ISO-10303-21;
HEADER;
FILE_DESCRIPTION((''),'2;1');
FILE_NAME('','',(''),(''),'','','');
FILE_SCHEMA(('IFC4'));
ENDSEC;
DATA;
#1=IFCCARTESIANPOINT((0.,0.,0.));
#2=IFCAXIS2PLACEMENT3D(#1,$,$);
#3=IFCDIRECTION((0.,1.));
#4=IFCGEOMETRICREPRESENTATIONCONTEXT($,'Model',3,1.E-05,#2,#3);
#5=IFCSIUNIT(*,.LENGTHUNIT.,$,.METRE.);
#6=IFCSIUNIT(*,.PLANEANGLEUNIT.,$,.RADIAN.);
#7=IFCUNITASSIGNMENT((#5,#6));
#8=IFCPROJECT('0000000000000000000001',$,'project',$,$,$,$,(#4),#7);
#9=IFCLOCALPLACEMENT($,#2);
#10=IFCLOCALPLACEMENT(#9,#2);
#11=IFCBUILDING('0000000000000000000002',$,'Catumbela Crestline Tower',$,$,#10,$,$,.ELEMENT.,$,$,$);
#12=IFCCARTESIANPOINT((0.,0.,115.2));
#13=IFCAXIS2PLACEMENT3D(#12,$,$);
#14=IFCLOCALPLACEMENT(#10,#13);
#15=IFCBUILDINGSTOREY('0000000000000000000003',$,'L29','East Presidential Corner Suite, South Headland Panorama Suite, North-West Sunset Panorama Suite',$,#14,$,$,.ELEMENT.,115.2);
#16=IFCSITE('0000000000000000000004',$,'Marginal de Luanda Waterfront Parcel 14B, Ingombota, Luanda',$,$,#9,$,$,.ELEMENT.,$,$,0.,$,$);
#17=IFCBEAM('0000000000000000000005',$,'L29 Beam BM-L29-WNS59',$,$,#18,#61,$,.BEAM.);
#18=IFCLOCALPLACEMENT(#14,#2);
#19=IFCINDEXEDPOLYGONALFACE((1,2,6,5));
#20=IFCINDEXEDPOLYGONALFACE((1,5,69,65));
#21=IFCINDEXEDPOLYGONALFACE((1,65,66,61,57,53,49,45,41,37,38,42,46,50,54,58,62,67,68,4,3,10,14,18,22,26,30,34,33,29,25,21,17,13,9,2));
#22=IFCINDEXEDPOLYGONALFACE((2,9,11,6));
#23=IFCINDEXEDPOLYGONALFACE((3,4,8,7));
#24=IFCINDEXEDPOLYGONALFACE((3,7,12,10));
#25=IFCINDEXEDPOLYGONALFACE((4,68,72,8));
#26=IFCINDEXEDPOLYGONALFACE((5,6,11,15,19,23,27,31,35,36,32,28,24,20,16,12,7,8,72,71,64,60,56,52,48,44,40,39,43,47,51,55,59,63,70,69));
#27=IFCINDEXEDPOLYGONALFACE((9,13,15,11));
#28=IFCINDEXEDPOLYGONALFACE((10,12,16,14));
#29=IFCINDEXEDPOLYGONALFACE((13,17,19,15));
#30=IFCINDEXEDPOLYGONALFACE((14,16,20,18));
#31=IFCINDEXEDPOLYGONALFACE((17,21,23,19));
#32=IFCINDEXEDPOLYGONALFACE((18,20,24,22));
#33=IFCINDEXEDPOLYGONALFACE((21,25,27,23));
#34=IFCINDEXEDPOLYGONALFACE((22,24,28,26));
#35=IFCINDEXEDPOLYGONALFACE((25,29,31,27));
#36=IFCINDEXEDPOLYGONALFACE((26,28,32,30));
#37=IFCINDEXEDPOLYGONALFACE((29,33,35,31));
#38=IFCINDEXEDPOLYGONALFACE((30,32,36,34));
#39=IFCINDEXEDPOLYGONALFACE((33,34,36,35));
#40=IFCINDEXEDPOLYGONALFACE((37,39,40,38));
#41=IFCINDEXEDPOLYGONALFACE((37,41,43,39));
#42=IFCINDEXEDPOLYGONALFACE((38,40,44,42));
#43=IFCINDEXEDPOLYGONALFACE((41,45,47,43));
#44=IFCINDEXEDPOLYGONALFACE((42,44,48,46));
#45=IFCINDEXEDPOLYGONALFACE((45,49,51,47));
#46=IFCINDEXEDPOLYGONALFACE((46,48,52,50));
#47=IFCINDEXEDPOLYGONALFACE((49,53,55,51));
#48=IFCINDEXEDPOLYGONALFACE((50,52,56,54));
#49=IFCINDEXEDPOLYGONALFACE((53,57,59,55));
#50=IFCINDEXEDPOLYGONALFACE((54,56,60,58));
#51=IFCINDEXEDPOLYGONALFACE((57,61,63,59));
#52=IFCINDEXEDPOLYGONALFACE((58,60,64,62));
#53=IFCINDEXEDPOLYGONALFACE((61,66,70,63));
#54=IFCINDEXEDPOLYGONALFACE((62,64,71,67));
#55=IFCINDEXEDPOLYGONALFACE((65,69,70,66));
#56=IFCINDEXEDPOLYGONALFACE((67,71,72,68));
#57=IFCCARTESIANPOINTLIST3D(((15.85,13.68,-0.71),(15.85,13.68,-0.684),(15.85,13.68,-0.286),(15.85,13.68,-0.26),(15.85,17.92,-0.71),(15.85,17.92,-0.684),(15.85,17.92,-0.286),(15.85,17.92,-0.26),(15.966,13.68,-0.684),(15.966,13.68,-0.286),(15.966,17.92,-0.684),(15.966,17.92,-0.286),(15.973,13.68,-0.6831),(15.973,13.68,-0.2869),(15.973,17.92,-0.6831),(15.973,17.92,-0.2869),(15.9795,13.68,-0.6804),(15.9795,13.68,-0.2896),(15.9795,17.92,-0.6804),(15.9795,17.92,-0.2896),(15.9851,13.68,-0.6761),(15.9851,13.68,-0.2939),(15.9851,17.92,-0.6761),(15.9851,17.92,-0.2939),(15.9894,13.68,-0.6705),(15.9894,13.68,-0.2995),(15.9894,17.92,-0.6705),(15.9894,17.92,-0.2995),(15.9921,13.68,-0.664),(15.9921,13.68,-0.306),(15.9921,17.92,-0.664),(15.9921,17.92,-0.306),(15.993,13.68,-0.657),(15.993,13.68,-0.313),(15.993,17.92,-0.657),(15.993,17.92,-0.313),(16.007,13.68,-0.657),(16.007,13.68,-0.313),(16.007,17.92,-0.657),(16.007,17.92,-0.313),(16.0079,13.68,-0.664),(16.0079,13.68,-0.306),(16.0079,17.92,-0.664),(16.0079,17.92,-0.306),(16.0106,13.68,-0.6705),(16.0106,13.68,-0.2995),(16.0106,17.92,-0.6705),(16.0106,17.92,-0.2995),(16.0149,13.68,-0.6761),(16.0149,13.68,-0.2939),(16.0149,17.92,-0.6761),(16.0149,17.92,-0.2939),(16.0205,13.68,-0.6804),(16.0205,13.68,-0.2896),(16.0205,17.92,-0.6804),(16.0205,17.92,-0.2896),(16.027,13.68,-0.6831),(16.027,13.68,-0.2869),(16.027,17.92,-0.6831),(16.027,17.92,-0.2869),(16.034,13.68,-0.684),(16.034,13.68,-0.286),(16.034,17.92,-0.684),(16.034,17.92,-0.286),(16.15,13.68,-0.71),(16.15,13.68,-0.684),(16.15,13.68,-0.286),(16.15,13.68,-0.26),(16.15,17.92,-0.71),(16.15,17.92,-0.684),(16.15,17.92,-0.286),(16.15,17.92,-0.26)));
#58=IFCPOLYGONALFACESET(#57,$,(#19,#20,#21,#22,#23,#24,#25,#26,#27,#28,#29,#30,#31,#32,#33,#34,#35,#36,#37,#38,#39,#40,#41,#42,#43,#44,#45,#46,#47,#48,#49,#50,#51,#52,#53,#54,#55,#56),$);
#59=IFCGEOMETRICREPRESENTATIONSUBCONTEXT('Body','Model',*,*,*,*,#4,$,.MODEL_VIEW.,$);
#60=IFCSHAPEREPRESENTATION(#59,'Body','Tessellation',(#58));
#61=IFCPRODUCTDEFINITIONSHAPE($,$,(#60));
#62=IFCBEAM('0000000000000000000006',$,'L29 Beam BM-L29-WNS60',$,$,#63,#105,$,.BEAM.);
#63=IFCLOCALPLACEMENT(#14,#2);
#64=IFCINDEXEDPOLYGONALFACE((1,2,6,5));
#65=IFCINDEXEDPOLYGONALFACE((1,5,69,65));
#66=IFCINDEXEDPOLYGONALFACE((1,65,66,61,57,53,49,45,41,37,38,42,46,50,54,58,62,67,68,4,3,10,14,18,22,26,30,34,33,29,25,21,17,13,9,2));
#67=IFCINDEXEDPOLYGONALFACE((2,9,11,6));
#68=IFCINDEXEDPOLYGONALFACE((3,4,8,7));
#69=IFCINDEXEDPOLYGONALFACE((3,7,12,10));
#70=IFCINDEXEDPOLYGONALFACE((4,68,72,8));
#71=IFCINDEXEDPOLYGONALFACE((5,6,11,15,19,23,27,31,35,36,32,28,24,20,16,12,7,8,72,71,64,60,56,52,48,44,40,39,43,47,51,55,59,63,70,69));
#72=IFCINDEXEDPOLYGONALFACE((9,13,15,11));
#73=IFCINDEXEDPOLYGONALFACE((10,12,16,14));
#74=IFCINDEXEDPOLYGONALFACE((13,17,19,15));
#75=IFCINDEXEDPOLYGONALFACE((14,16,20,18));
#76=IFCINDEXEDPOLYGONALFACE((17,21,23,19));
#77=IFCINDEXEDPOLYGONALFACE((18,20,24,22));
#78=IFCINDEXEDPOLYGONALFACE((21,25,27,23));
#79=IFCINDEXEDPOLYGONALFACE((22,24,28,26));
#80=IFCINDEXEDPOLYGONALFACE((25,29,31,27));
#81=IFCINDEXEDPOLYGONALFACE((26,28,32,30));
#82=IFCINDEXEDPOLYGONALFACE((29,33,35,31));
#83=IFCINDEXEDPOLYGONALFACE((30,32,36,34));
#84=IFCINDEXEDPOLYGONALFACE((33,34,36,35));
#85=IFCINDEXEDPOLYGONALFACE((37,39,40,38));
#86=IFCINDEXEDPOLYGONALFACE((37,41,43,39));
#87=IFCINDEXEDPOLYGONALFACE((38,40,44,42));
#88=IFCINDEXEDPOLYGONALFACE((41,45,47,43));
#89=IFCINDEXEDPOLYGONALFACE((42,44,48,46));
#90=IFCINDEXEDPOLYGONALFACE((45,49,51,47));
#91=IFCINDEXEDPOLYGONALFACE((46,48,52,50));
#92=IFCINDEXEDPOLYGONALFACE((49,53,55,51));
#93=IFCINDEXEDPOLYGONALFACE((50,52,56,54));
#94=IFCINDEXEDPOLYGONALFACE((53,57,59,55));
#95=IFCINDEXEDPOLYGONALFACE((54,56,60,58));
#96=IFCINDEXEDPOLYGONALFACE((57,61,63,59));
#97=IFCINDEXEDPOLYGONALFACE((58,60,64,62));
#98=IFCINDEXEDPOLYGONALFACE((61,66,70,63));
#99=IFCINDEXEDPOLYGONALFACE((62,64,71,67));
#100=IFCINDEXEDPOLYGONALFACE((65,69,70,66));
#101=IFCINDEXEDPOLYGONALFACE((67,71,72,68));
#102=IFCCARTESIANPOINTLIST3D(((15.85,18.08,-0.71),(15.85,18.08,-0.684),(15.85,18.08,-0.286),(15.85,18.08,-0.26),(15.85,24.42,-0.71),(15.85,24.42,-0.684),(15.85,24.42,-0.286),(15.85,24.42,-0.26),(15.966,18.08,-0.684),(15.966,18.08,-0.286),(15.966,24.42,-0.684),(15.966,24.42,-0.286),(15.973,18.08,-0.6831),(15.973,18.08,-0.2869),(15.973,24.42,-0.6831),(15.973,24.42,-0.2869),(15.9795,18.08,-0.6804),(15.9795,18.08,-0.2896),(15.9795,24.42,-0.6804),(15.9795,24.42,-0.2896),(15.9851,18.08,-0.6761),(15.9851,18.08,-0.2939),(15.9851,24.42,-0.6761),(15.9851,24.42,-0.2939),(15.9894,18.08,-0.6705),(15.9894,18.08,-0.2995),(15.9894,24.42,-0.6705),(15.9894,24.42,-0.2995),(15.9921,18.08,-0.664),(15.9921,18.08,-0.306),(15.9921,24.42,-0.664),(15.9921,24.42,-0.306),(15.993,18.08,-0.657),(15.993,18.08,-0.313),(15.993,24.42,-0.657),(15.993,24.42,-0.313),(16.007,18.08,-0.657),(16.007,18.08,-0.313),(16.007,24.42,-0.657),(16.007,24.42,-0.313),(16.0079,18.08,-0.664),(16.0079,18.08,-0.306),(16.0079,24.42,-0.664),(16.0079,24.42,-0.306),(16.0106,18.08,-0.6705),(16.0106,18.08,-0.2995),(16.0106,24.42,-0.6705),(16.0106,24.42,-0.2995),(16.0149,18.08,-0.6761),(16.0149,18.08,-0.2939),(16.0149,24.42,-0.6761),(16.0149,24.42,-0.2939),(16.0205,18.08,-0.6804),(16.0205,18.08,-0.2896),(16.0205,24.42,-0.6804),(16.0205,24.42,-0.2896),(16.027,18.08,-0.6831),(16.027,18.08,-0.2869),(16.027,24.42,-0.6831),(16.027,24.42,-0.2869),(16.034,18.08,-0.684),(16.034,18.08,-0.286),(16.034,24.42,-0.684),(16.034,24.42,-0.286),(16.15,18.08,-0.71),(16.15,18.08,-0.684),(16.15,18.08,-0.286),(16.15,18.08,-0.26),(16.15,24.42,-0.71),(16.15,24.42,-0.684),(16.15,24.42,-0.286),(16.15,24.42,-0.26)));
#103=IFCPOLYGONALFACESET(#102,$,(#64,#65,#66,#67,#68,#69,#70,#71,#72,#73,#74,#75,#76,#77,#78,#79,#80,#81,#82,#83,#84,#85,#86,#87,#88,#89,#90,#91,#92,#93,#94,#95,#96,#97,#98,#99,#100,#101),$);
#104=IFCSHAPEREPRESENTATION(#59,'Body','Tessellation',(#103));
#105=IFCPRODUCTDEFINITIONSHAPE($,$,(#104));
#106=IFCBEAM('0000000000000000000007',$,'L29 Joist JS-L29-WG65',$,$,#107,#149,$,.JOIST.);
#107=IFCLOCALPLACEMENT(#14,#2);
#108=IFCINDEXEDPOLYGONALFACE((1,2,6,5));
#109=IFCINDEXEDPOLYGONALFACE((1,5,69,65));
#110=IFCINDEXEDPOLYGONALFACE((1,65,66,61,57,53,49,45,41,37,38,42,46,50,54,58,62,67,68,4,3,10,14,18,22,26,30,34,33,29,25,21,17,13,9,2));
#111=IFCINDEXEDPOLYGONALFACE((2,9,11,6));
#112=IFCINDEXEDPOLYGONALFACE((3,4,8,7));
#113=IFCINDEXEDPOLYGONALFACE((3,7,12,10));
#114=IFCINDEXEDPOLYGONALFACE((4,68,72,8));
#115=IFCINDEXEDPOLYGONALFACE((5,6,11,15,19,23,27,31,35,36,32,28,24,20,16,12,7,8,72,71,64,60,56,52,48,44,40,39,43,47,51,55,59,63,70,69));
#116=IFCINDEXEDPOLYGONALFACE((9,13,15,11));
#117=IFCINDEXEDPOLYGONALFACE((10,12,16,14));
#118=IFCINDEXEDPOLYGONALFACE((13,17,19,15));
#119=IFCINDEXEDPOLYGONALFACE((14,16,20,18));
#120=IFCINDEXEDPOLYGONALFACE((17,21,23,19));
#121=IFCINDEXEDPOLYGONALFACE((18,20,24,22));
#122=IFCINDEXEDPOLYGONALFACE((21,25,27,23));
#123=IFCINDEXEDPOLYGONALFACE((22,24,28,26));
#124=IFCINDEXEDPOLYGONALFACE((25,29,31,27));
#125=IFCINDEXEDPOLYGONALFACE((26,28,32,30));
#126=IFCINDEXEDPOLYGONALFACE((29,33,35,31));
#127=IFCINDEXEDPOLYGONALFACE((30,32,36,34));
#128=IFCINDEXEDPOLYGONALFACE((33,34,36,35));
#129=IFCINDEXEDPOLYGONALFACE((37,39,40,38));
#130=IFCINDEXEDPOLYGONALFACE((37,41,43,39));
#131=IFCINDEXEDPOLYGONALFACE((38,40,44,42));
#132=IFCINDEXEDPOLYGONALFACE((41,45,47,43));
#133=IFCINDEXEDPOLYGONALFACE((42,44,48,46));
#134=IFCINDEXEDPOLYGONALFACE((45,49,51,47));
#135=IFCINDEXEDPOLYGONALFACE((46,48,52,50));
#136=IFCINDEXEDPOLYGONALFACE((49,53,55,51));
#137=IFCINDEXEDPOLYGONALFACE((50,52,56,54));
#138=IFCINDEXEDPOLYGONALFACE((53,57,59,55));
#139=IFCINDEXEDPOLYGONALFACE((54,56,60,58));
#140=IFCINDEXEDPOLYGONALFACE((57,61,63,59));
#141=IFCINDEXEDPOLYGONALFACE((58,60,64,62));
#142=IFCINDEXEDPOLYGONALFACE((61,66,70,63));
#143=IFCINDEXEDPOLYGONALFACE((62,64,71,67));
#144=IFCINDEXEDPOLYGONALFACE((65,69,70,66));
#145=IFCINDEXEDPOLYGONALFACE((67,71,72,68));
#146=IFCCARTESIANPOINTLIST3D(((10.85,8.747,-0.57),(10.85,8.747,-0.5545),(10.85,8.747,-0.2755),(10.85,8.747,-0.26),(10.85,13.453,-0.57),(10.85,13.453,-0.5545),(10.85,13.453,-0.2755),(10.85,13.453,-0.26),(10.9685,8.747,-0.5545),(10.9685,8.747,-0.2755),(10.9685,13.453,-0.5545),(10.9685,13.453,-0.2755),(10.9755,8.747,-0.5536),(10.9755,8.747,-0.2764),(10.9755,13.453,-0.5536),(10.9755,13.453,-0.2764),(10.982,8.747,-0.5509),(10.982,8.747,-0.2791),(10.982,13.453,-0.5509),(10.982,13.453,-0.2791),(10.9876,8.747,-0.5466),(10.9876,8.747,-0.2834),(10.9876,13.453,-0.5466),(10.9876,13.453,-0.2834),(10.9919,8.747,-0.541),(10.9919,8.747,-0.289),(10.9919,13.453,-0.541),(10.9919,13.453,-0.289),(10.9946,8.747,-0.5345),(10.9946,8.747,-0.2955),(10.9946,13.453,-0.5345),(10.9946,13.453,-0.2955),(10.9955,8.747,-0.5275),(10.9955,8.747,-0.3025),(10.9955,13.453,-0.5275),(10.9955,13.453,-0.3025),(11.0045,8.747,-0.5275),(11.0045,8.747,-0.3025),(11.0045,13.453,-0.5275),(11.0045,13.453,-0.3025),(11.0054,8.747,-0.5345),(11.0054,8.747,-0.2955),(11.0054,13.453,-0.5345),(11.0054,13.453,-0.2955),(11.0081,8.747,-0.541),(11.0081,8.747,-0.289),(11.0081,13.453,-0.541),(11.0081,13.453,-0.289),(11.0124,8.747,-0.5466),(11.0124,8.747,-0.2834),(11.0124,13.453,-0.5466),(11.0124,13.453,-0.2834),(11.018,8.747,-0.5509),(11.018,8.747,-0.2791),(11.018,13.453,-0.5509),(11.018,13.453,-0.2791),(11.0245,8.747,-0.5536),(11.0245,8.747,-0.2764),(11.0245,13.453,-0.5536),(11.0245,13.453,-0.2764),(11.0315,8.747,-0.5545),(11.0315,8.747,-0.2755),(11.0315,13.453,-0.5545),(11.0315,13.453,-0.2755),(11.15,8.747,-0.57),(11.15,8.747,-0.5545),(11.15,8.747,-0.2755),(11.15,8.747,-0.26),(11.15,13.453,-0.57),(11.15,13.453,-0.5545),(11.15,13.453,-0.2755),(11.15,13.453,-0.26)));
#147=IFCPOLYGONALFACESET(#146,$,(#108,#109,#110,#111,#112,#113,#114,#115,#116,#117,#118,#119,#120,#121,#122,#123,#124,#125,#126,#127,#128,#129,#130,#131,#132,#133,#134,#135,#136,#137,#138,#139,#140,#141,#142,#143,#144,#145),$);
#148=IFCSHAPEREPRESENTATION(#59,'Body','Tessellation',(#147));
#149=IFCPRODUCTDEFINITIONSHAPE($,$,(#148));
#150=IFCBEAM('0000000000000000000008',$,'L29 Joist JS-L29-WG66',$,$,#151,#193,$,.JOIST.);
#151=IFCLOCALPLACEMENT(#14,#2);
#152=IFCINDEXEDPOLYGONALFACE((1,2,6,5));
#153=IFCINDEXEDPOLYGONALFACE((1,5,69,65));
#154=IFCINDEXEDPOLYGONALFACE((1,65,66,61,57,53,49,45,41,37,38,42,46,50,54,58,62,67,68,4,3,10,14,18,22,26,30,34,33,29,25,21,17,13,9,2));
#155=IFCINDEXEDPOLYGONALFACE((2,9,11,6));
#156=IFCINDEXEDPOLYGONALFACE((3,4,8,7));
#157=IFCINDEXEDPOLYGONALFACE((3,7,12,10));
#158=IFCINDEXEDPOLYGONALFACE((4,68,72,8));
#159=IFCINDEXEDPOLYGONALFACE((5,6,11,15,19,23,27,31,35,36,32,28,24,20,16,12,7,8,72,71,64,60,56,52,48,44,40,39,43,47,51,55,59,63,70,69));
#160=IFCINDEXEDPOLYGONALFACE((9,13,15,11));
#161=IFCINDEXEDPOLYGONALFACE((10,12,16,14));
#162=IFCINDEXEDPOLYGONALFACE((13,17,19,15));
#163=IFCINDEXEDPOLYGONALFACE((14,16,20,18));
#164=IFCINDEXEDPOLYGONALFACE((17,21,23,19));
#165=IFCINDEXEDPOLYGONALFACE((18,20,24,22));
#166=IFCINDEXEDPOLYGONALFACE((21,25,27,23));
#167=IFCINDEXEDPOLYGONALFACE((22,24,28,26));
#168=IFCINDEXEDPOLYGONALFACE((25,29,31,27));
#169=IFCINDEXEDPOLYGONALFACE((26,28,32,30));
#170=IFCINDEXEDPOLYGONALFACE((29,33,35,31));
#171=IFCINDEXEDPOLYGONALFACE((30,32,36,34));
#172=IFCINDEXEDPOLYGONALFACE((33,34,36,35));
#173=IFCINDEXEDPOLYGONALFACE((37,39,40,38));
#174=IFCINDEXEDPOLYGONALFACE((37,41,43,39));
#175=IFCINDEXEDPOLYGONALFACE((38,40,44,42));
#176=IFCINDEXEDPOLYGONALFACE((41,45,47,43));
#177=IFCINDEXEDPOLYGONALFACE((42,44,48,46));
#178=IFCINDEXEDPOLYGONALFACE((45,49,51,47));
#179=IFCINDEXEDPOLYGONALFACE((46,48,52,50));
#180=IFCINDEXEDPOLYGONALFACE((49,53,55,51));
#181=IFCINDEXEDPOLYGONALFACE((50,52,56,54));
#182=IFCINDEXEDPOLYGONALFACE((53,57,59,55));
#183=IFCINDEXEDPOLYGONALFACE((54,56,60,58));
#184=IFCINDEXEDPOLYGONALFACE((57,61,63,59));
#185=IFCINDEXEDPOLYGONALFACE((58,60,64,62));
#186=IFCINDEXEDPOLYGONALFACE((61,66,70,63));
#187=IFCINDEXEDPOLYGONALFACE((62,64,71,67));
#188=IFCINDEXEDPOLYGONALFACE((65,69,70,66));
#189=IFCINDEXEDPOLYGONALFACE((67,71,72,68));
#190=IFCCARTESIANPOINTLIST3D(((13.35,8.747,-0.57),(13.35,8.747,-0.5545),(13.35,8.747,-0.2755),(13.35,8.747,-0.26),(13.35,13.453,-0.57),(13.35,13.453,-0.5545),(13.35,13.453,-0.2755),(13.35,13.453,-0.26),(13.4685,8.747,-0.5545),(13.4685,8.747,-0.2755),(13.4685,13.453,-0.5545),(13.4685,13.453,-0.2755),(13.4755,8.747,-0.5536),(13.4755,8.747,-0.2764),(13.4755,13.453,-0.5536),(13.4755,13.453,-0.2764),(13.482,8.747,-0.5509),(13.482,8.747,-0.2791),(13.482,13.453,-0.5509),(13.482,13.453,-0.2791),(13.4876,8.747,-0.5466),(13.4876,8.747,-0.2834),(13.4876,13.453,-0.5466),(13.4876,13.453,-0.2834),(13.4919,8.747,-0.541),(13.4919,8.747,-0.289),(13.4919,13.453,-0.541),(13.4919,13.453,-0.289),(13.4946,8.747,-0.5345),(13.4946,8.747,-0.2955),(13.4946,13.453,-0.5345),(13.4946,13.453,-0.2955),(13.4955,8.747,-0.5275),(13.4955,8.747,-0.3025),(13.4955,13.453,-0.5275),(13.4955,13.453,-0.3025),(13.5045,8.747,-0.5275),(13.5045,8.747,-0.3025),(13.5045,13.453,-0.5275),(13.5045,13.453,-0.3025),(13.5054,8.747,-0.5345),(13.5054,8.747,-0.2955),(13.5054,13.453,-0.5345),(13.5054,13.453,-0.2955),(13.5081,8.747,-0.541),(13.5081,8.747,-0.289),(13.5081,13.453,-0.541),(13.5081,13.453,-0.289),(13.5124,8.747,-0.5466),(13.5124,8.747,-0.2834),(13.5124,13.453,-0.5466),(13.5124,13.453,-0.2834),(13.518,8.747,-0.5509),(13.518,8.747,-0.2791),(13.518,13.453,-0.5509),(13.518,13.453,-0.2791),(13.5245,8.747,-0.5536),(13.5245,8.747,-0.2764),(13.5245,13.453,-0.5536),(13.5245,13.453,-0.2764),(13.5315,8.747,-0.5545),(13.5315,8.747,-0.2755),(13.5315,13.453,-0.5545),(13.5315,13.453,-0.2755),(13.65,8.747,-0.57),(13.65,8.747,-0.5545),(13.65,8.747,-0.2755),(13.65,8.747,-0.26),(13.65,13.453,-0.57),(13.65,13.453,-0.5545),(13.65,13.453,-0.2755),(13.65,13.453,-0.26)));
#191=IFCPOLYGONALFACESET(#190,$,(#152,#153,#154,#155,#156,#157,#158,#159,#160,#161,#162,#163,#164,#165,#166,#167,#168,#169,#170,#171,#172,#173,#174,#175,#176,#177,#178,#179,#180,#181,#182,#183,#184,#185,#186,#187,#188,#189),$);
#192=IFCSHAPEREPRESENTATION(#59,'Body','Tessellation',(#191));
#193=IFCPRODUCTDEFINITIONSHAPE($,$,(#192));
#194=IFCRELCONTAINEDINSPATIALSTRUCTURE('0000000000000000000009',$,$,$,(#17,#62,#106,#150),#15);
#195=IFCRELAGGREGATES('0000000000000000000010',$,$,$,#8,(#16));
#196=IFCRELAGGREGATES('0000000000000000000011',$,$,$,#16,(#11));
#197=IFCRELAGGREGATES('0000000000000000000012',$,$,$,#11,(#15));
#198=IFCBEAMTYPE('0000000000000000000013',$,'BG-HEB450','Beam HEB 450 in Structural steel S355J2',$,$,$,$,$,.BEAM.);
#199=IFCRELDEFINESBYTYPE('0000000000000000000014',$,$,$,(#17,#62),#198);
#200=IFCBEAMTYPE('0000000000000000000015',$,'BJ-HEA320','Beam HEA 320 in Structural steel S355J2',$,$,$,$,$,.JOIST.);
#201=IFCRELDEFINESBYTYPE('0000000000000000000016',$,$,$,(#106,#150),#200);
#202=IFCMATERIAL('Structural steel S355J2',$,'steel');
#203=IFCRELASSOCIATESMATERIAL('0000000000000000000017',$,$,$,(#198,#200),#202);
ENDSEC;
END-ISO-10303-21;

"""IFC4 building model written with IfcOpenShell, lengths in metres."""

from ifc_helpers import new_model, si_unit, direction, frame, origin, origin_2d, place, context, subcontext, project, spatial, i_section, extrude, material, material_profile, profile_set, type_object, element, save


model = new_model("IFC4")

# Units and contexts
model_context = context("Model", 3, precision=1e-05, world=origin(), true_north=direction((0.0, 1.0)))
body_context = subcontext(model_context, "Body", "Model", "MODEL_VIEW")
ifc_project = project(units=[si_unit("LENGTHUNIT", "METRE"), si_unit("PLANEANGLEUNIT", "RADIAN")], contexts=[model_context])

# Site, building, storey
site_placement = place(None, origin())
site = spatial("IfcSite", under=ifc_project, at=site_placement, Name="Marginal de Luanda Waterfront Parcel 14B, Ingombota, Luanda", CompositionType="ELEMENT", RefElevation=0.0)
building_placement = place(site_placement, origin())
building = spatial("IfcBuilding", under=site, at=building_placement, Name="Catumbela Crestline Tower", CompositionType="ELEMENT")
storey_placement = place(building_placement, frame((0.0, 0.0, 115.2)))
storey = spatial("IfcBuildingStorey", under=building, at=storey_placement, Name="L29", Description="East Presidential Corner Suite, South Headland Panorama Suite, North-West Sunset Panorama Suite", CompositionType="ELEMENT", Elevation=115.2)

# Beams
ifc_material_1 = material(Name="Structural steel S355J2", Category="steel")
ifc_material_profile_1 = material_profile(ifc_material_1, i_section(OverallWidth=0.3, OverallDepth=0.45, WebThickness=0.014, FlangeThickness=0.026, FilletRadius=0.027, at=origin_2d()), Name="HEB 450")
ifc_profile_set_1 = profile_set([ifc_material_profile_1], Name="Structural steel S355J2")
beam_type_1 = type_object("IfcBeamType", Name="BG-HEB450", Description="Beam HEB 450 in Structural steel S355J2", PredefinedType="BEAM", material=ifc_profile_set_1)
beam_1_placement = place(storey_placement, frame((16.0, 13.68, -0.485), z_axis=(0.0, 1.0, 0.0), x_axis=(-1.0, 0.0, 0.0)))
element("IfcBeam", 1, at=beam_1_placement, inside=storey, type_object=beam_type_1, Name="L29 Beam BM-L29-WNS59", PredefinedType="BEAM", context=body_context, shape_type="SweptSolid", body=[
    extrude(i_section(OverallWidth=0.3, OverallDepth=0.45, WebThickness=0.014, FlangeThickness=0.026, FilletRadius=0.027, at=origin_2d()), origin(), (0.0, 0.0, 1.0), 4.24),
])
beam_2_placement = place(storey_placement, frame((16.0, 18.08, -0.485), z_axis=(0.0, 1.0, 0.0), x_axis=(-1.0, 0.0, 0.0)))
element("IfcBeam", 2, at=beam_2_placement, inside=storey, type_object=beam_type_1, Name="L29 Beam BM-L29-WNS60", PredefinedType="BEAM", context=body_context, shape_type="SweptSolid", body=[
    extrude(i_section(OverallWidth=0.3, OverallDepth=0.45, WebThickness=0.014, FlangeThickness=0.026, FilletRadius=0.027, at=origin_2d()), origin(), (0.0, 0.0, 1.0), 6.34),
])
ifc_material_profile_2 = material_profile(ifc_material_1, i_section(OverallWidth=0.3, OverallDepth=0.31, WebThickness=0.009, FlangeThickness=0.0155, FilletRadius=0.027, at=origin_2d()), Name="HEA 320")
ifc_profile_set_2 = profile_set([ifc_material_profile_2], Name="Structural steel S355J2")
beam_type_2 = type_object("IfcBeamType", Name="BJ-HEA320", Description="Beam HEA 320 in Structural steel S355J2", PredefinedType="JOIST", material=ifc_profile_set_2)
for number, where, z_axis, x_axis, name in (
    (3, (11.0, 8.747, -0.415), (0.0, 1.0, 0.0), (-1.0, 0.0, 0.0), "L29 Joist JS-L29-WG65"),
    (4, (13.5, 8.747, -0.415), (0.0, 1.0, 0.0), (-1.0, 0.0, 0.0), "L29 Joist JS-L29-WG66"),
):
    element("IfcBeam", number, at=place(storey_placement, frame(where, z_axis=z_axis, x_axis=x_axis)), inside=storey, type_object=beam_type_2, Name=name, PredefinedType="JOIST", context=body_context, shape_type="SweptSolid", body=[
        extrude(i_section(OverallWidth=0.3, OverallDepth=0.31, WebThickness=0.009, FlangeThickness=0.0155, FilletRadius=0.027, at=origin_2d()), origin(), (0.0, 0.0, 1.0), 4.706),
    ])

save(model, "model.ifc")
